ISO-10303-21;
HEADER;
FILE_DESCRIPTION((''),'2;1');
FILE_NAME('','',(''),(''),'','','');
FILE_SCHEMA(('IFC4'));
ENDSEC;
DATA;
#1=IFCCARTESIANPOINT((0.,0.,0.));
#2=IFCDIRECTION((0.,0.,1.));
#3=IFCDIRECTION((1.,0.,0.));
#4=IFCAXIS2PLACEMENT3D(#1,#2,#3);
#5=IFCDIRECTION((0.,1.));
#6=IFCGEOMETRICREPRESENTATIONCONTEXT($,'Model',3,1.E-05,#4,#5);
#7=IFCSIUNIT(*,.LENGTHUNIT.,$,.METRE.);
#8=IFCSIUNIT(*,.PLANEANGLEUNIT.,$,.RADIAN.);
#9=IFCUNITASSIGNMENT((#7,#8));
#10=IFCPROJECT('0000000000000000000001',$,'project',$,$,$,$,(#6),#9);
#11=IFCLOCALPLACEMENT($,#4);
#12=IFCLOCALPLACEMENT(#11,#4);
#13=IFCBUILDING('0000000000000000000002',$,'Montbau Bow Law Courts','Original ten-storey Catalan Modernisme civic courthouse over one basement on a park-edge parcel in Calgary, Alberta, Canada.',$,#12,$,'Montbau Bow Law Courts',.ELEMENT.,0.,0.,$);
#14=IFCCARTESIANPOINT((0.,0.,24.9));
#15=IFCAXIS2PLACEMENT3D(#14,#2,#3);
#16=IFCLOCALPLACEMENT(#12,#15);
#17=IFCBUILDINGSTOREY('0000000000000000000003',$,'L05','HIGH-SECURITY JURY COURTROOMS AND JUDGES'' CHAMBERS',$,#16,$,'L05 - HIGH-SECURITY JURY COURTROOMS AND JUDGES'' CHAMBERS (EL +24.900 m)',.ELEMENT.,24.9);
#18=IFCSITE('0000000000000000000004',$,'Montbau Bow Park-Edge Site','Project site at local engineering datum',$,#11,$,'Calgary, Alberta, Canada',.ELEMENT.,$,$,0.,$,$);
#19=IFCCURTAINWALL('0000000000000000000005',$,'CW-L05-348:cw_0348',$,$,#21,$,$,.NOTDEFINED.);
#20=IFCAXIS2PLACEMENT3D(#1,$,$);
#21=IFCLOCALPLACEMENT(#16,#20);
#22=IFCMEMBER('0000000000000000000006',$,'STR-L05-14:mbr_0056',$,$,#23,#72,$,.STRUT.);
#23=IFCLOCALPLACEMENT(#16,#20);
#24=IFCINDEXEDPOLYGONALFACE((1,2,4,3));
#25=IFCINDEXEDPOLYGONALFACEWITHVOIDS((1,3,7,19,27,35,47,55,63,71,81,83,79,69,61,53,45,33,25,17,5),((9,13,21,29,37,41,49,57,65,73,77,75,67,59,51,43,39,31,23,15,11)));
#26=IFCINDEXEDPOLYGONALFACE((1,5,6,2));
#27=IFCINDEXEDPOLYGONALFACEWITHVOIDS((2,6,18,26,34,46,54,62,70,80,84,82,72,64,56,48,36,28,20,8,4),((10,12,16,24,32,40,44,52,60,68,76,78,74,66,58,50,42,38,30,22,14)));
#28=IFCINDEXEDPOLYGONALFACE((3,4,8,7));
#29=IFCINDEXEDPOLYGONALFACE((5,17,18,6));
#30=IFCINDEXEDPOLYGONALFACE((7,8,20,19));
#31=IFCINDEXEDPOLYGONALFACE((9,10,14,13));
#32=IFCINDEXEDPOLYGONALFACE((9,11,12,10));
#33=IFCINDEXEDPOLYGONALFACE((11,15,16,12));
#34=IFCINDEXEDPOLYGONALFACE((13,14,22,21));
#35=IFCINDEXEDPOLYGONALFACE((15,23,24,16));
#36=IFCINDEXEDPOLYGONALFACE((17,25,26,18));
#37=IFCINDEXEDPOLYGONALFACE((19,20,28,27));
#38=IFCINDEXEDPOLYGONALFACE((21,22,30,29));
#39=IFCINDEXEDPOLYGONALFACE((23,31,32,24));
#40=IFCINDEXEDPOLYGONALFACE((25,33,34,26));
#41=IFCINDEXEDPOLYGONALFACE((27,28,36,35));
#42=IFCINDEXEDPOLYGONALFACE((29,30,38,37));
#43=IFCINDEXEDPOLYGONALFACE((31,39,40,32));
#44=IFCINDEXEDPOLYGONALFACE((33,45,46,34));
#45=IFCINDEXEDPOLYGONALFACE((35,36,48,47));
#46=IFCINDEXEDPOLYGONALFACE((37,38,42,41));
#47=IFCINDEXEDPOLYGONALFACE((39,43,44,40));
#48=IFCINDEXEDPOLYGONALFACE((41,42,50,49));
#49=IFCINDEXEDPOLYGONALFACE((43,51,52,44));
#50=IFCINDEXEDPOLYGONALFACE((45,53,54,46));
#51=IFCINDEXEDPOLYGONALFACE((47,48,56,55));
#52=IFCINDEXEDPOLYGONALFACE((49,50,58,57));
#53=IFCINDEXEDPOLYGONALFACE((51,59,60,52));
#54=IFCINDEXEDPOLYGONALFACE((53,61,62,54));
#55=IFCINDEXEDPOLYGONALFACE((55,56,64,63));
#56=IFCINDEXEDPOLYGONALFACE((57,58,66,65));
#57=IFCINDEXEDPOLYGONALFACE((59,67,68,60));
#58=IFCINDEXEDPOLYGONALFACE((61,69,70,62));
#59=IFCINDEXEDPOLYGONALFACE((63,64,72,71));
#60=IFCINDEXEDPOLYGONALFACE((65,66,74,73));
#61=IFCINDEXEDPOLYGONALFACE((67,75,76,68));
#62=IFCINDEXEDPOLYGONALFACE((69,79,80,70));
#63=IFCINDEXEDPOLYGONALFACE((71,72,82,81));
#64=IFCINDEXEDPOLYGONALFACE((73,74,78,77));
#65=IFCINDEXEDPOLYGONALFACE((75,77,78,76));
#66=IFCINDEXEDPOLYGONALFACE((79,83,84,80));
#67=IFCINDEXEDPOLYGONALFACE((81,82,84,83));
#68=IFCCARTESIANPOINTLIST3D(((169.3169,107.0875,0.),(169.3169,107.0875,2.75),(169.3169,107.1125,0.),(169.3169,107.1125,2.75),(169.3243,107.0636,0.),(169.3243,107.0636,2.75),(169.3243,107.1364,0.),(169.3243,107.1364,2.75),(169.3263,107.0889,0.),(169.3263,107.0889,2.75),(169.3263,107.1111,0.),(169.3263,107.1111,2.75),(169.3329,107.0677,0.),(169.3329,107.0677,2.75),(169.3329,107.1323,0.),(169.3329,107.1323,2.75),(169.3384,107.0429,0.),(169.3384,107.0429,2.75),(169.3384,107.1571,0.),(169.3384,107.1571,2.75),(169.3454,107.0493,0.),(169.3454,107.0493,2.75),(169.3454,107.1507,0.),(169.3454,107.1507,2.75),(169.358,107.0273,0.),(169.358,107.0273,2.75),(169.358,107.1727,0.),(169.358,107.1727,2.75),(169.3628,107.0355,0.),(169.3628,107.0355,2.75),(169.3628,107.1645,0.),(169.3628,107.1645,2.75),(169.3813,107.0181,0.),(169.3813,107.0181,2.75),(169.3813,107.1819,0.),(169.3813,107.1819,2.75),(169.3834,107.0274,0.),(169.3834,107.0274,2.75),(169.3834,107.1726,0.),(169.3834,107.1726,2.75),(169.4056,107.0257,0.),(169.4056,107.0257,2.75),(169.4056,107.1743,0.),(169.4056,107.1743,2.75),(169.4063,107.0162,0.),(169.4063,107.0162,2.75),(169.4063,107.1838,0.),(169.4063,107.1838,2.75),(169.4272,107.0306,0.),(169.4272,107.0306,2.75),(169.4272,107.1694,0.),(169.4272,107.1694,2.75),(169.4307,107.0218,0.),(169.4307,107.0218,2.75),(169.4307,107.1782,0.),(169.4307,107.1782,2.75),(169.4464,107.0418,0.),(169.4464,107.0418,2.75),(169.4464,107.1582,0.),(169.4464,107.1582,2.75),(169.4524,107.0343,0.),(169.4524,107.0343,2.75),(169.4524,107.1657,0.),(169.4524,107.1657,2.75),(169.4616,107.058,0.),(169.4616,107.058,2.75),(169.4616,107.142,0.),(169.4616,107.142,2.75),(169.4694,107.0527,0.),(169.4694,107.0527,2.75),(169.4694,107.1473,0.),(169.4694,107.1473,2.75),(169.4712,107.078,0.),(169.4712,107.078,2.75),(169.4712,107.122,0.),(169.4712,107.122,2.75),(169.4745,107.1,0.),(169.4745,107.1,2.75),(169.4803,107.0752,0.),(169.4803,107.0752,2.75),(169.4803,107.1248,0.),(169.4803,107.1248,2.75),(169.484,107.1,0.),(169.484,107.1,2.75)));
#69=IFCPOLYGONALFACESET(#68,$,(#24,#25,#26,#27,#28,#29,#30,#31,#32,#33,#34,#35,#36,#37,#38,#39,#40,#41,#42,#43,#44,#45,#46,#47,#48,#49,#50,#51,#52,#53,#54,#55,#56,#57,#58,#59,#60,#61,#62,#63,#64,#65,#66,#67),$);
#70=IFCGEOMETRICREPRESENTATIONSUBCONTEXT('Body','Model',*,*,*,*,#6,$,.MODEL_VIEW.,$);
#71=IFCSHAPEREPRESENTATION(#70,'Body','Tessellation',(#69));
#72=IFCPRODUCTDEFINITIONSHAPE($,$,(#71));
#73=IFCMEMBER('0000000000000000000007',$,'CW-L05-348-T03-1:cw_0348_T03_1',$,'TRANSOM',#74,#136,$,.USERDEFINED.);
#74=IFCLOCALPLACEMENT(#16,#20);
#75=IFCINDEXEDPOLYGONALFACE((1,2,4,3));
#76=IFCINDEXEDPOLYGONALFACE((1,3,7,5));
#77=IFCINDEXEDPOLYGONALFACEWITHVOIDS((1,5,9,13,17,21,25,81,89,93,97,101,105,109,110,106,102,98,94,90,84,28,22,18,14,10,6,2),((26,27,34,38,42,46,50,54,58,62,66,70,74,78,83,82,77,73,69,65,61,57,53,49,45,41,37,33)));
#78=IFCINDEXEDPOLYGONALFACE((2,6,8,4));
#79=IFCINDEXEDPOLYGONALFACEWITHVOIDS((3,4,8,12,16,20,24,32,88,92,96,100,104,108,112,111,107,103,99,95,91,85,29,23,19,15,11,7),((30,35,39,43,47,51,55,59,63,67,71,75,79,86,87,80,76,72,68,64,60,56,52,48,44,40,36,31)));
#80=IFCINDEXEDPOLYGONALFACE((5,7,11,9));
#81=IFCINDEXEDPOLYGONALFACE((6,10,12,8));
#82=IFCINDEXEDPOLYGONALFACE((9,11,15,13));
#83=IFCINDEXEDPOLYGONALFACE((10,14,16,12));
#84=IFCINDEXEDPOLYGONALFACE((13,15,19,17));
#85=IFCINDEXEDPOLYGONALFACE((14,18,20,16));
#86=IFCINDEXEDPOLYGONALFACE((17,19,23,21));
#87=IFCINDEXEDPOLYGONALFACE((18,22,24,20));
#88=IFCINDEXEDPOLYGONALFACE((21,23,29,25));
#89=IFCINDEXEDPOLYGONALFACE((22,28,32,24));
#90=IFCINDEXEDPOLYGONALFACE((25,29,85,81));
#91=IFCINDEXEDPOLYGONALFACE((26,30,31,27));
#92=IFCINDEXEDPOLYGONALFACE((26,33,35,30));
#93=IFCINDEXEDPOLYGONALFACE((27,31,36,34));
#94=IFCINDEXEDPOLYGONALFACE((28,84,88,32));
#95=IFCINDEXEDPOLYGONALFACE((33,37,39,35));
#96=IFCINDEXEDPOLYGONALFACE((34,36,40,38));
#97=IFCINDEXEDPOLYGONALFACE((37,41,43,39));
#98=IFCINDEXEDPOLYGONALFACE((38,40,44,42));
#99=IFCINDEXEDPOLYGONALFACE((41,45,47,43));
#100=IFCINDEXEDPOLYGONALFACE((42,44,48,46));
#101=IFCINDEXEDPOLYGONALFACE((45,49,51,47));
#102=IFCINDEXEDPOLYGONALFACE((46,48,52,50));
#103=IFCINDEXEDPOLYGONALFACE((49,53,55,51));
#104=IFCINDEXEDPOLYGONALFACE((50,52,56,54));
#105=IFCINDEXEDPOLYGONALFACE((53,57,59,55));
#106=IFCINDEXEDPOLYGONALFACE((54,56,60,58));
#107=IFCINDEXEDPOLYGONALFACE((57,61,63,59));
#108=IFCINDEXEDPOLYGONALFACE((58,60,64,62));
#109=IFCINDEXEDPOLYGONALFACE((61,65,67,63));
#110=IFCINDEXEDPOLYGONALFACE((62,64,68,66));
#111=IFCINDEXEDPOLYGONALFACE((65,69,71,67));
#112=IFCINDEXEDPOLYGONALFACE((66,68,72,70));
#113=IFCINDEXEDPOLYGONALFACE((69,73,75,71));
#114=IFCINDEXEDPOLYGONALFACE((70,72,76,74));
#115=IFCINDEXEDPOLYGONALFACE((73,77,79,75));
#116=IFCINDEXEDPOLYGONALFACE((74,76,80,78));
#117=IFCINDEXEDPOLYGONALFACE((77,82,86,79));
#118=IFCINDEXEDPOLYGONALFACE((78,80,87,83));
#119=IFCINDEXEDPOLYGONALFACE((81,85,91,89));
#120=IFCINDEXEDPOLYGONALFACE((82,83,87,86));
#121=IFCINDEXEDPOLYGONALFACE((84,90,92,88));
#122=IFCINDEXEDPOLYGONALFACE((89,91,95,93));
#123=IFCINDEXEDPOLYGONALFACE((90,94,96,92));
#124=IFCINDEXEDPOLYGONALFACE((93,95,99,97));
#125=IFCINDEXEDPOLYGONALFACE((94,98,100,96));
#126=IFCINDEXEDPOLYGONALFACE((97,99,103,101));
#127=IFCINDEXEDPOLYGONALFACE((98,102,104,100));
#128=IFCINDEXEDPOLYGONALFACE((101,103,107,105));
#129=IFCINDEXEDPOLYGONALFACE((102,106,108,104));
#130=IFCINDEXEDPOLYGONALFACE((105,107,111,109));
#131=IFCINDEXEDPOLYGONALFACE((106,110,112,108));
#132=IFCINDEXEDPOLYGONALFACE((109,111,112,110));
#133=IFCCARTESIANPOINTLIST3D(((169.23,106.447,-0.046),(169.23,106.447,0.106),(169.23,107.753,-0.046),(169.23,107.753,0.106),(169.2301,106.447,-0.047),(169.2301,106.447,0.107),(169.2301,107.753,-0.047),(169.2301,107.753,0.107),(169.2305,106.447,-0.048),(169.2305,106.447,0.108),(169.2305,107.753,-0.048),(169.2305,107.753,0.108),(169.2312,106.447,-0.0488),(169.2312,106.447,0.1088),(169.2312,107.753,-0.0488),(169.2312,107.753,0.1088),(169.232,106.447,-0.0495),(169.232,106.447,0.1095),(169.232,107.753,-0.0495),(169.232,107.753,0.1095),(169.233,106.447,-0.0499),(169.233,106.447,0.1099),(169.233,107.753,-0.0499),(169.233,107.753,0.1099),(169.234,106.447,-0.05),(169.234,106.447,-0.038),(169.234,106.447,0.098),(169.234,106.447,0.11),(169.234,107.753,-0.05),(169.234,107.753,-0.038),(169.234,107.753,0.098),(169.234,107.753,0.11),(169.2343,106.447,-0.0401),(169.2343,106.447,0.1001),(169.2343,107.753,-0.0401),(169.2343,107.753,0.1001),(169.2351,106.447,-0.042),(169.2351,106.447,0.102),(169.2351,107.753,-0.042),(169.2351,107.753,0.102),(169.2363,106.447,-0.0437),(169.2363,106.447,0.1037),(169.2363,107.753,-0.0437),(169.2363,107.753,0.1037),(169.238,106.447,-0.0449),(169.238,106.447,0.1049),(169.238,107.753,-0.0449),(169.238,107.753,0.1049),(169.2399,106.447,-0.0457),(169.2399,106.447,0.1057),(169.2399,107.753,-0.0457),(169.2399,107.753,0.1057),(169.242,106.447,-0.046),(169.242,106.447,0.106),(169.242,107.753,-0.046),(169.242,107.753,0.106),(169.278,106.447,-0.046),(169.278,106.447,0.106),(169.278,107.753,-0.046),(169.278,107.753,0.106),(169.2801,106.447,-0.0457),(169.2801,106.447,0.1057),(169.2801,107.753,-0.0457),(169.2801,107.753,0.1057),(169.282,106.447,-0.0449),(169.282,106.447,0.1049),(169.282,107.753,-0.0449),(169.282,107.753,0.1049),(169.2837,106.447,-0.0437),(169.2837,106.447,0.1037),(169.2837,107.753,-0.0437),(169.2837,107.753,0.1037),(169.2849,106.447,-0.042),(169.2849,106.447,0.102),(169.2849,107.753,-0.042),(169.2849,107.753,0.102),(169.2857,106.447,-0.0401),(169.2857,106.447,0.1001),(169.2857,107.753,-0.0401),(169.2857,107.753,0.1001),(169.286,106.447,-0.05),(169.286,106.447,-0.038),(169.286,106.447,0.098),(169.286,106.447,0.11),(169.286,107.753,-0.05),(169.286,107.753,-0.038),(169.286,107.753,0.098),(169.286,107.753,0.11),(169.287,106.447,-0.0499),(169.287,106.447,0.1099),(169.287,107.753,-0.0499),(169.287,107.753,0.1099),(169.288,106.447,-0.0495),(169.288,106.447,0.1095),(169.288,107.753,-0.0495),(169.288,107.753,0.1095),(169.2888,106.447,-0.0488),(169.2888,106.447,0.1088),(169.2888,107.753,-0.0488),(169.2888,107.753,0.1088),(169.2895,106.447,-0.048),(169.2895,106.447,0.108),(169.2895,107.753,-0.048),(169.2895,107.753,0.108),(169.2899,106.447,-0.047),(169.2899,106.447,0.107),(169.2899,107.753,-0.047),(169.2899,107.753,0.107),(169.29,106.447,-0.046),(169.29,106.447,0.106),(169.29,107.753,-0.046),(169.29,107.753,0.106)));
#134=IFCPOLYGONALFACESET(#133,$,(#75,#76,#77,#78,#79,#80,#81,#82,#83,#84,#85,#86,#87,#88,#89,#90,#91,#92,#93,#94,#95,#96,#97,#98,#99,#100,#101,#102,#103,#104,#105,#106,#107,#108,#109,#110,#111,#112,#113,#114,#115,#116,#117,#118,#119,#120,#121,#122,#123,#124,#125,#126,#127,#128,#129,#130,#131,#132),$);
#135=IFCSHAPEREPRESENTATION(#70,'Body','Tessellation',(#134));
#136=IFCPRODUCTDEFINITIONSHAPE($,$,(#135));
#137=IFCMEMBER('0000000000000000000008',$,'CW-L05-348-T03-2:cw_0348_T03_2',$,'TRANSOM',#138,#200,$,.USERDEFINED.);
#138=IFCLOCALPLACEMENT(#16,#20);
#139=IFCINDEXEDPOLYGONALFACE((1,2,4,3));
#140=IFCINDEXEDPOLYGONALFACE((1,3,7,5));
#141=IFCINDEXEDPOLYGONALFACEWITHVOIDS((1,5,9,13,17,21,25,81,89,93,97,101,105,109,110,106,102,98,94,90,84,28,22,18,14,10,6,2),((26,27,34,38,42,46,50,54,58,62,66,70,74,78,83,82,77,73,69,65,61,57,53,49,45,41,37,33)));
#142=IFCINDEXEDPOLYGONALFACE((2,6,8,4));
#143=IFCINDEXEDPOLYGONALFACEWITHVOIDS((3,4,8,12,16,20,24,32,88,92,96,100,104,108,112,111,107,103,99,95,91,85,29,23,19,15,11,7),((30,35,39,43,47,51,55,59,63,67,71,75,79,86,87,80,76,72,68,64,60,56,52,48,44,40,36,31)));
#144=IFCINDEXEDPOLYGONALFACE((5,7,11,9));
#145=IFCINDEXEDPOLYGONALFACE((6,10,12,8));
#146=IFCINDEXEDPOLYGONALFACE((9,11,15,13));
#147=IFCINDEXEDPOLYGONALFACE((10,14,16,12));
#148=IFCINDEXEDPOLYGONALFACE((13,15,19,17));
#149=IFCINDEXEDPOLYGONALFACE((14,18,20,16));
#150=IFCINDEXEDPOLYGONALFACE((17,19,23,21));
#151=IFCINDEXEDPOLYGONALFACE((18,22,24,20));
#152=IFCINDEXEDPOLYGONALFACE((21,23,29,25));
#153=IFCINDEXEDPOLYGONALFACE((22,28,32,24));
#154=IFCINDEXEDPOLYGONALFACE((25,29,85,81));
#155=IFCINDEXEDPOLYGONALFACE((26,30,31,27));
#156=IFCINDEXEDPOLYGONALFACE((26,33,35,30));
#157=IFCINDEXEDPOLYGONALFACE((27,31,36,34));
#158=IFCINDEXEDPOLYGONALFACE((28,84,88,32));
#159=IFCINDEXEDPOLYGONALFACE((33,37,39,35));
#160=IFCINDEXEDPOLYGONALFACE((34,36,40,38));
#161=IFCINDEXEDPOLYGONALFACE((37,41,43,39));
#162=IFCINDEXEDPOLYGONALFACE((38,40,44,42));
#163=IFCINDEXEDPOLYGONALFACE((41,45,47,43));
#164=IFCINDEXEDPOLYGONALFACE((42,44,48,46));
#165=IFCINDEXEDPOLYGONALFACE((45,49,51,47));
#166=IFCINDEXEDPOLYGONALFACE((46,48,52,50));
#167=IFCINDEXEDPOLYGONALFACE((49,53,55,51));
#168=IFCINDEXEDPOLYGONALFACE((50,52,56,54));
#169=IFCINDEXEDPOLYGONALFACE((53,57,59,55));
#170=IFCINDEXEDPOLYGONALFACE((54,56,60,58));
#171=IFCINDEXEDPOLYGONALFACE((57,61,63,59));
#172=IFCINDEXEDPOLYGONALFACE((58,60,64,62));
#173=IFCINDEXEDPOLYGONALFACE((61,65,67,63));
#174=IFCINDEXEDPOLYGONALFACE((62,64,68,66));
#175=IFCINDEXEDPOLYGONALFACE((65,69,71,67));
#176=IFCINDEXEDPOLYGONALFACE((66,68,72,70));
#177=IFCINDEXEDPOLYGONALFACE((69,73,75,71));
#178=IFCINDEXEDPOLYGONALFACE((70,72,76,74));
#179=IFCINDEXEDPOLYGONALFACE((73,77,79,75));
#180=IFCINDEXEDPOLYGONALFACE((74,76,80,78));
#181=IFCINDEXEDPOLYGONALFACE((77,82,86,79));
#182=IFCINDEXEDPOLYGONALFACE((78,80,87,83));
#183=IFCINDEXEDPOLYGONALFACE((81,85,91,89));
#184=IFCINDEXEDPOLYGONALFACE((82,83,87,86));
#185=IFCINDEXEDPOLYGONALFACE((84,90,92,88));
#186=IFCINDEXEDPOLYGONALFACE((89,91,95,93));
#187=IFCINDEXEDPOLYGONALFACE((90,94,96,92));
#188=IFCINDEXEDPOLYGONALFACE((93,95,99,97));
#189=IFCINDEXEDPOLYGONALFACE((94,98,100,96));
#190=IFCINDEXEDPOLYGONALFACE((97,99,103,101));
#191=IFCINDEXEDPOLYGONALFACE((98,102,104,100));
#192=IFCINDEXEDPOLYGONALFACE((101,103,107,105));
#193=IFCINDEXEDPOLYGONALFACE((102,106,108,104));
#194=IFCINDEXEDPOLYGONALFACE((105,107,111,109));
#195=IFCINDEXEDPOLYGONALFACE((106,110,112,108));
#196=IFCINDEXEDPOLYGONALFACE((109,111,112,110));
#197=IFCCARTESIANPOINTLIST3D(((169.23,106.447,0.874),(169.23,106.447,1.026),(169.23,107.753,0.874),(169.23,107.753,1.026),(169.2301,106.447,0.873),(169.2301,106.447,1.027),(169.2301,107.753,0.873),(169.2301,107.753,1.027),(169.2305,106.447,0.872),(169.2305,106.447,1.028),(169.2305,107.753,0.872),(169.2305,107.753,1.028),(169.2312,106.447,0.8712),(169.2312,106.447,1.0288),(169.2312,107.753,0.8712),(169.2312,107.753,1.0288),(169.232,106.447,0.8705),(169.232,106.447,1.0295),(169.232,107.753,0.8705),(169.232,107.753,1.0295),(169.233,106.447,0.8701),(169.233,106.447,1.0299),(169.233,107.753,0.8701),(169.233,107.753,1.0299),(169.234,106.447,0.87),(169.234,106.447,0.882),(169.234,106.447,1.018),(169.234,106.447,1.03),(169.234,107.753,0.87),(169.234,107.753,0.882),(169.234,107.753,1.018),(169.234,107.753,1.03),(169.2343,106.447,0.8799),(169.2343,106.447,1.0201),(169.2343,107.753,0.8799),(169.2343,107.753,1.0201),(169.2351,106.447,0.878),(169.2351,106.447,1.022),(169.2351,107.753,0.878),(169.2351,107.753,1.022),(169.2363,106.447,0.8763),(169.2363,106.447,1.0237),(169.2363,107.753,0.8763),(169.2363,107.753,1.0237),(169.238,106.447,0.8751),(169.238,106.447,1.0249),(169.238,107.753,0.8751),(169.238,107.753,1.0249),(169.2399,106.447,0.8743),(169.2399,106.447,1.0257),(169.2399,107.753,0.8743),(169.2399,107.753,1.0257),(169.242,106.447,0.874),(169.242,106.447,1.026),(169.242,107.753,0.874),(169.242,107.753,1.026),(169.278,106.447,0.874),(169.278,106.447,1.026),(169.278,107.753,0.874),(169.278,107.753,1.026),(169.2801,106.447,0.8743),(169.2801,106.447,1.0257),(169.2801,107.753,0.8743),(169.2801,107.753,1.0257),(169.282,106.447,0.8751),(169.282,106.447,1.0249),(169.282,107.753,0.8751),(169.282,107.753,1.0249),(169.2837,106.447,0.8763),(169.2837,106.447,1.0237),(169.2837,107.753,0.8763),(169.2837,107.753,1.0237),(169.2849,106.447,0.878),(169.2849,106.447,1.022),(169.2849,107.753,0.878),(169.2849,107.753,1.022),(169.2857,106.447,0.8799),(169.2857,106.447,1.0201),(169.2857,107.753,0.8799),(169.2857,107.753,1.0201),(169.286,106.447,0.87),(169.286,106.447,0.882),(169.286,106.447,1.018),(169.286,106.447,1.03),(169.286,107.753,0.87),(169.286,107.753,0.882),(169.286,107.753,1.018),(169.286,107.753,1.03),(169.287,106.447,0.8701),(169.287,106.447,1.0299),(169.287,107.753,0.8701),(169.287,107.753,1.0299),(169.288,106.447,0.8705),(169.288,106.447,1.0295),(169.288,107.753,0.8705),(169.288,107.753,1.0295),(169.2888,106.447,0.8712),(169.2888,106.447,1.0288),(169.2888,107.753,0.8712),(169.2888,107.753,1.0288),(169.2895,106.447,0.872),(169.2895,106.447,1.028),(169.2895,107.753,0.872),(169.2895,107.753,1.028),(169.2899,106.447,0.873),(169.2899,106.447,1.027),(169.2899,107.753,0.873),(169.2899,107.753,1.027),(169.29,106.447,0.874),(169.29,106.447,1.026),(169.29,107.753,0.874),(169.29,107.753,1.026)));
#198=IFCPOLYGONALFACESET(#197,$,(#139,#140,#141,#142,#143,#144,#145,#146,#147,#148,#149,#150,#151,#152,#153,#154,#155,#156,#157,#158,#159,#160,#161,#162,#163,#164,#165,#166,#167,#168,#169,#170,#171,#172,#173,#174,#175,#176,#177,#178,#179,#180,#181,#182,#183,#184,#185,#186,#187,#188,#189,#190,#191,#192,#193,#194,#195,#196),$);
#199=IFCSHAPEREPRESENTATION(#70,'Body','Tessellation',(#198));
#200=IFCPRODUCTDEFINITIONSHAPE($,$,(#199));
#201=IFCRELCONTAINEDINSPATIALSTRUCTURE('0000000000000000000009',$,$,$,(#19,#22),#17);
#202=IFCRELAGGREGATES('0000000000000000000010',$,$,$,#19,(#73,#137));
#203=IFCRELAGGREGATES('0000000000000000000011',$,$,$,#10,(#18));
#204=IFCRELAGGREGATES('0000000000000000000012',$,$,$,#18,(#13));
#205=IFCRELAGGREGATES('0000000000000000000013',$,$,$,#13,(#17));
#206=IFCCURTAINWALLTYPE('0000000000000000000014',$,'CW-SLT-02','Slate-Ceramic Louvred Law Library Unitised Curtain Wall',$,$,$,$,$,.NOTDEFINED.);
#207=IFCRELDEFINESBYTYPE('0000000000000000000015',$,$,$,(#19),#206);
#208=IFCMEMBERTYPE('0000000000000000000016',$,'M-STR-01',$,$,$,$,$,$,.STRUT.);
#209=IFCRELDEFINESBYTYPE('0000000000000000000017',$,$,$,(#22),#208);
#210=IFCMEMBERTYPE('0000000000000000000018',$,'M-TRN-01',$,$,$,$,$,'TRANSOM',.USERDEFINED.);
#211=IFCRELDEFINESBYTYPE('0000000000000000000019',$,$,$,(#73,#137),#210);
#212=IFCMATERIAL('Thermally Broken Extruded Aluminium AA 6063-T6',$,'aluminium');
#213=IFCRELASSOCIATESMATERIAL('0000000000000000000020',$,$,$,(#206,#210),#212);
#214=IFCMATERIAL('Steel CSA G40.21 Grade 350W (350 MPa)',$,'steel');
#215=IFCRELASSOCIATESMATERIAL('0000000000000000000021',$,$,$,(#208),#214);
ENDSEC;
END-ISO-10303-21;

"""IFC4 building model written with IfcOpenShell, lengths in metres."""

from ifc_helpers import new_model, si_unit, direction, frame, origin_with_axes, origin_2d_with_axis, place, context, subcontext, project, spatial, hollow_rectangle, hollow_circle, extrude, material, material_profile, profile_set, type_object, element, aggregate, save


model = new_model("IFC4")

# Units and contexts
model_context = context("Model", 3, precision=1e-05, world=origin_with_axes(), true_north=direction((0.0, 1.0)))
body_context = subcontext(model_context, "Body", "Model", "MODEL_VIEW")
ifc_project = project(units=[si_unit("LENGTHUNIT", "METRE"), si_unit("PLANEANGLEUNIT", "RADIAN")], contexts=[model_context])

# Site, building, storey
site_placement = place(None, origin_with_axes())
site = spatial("IfcSite", under=ifc_project, at=site_placement, Name="Montbau Bow Park-Edge Site", Description="Project site at local engineering datum", LongName="Calgary, Alberta, Canada", CompositionType="ELEMENT", RefElevation=0.0)
building_placement = place(site_placement, origin_with_axes())
building = spatial("IfcBuilding", under=site, at=building_placement, Name="Montbau Bow Law Courts", Description="Original ten-storey Catalan Modernisme civic courthouse over one basement on a park-edge parcel in Calgary, Alberta, Canada.", LongName="Montbau Bow Law Courts", CompositionType="ELEMENT", ElevationOfRefHeight=0.0, ElevationOfTerrain=0.0)
storey_placement = place(building_placement, frame((0.0, 0.0, 24.9), z_axis=(0.0, 0.0, 1.0), x_axis=(1.0, 0.0, 0.0)))
storey = spatial("IfcBuildingStorey", under=building, at=storey_placement, Name="L05", Description="HIGH-SECURITY JURY COURTROOMS AND JUDGES' CHAMBERS", LongName="L05 - HIGH-SECURITY JURY COURTROOMS AND JUDGES' CHAMBERS (EL +24.900 m)", CompositionType="ELEMENT", Elevation=24.9)

# Shared definitions
ifc_material_1 = material(Name="Steel CSA G40.21 Grade 350W (350 MPa)", Category="steel")

# Curtain wall
ifc_material_2 = material(Name="Thermally Broken Extruded Aluminium AA 6063-T6", Category="aluminium")
curtain_wall_type = type_object("IfcCurtainWallType", Name="CW-SLT-02", Description="Slate-Ceramic Louvred Law Library Unitised Curtain Wall", PredefinedType="NOTDEFINED", material=ifc_material_2)
curtain_wall_placement = place(None, frame((169.26, 103.64, 24.9), z_axis=(0.0, 0.0, 1.0), x_axis=(1.0, 0.0, 0.0)))
curtain_wall = element("IfcCurtainWall", 1, at=curtain_wall_placement, inside=storey, type_object=curtain_wall_type, Name="CW-L05-348:cw_0348", PredefinedType="NOTDEFINED")

# Members
ifc_material_profile_1 = material_profile(ifc_material_1, hollow_circle(Radius=0.084, WallThickness=0.0095, at=origin_2d_with_axis()), Name="HSS168X9.5", Category="Main", Priority=0)
ifc_profile_set_1 = profile_set([ifc_material_profile_1], Name="Steel CSA G40.21 Grade 350W (350 MPa)")
member_type_1 = type_object("IfcMemberType", Name="M-STR-01", PredefinedType="STRUT", material=ifc_profile_set_1)
member_1_placement = place(None, frame((169.4, 107.1, 24.9), z_axis=(0.0, 0.0, 1.0), x_axis=(1.0, 0.0, 0.0)))
element("IfcMember", 2, at=member_1_placement, inside=storey, type_object=member_type_1, Name="STR-L05-14:mbr_0056", PredefinedType="STRUT", context=body_context, shape_type="SweptSolid", body=[
    extrude(hollow_circle(Radius=0.084, WallThickness=0.0095, at=origin_2d_with_axis()), origin_with_axes(), (0.0, 0.0, 1.0), 2.75),
])
ifc_material_profile_2 = material_profile(ifc_material_2, hollow_rectangle(XDim=0.06, YDim=0.16, WallThickness=0.004, InnerFilletRadius=0.008, OuterFilletRadius=0.004, at=origin_2d_with_axis()), Name="CWT-160X60", Category="Main", Priority=0)
ifc_profile_set_2 = profile_set([ifc_material_profile_2], Name="Thermally Broken Extruded Aluminium AA 6063-T6")
member_type_2 = type_object("IfcMemberType", Name="M-TRN-01", ElementType="TRANSOM", PredefinedType="USERDEFINED", material=ifc_profile_set_2)
member_2_placement = place(None, frame((169.26, 106.447, 24.93), z_axis=(0.0, 1.0, 0.0), x_axis=(-1.0, 0.0, 0.0)))
member_2 = element("IfcMember", 3, at=member_2_placement, type_object=member_type_2, Name="CW-L05-348-T03-1:cw_0348_T03_1", ObjectType="TRANSOM", PredefinedType="USERDEFINED", context=body_context, shape_type="SweptSolid", body=[
    extrude(hollow_rectangle(XDim=0.06, YDim=0.16, WallThickness=0.004, InnerFilletRadius=0.008, OuterFilletRadius=0.004, at=origin_2d_with_axis()), origin_with_axes(), (0.0, 0.0, 1.0), 1.306),
])
member_3_placement = place(None, frame((169.26, 106.447, 25.85), z_axis=(0.0, 1.0, 0.0), x_axis=(-1.0, 0.0, 0.0)))
member_3 = element("IfcMember", 4, at=member_3_placement, type_object=member_type_2, Name="CW-L05-348-T03-2:cw_0348_T03_2", ObjectType="TRANSOM", PredefinedType="USERDEFINED", context=body_context, shape_type="SweptSolid", body=[
    extrude(hollow_rectangle(XDim=0.06, YDim=0.16, WallThickness=0.004, InnerFilletRadius=0.008, OuterFilletRadius=0.004, at=origin_2d_with_axis()), origin_with_axes(), (0.0, 0.0, 1.0), 1.306),
])

aggregate(curtain_wall, [member_2, member_3])

save(model, "model.ifc")
